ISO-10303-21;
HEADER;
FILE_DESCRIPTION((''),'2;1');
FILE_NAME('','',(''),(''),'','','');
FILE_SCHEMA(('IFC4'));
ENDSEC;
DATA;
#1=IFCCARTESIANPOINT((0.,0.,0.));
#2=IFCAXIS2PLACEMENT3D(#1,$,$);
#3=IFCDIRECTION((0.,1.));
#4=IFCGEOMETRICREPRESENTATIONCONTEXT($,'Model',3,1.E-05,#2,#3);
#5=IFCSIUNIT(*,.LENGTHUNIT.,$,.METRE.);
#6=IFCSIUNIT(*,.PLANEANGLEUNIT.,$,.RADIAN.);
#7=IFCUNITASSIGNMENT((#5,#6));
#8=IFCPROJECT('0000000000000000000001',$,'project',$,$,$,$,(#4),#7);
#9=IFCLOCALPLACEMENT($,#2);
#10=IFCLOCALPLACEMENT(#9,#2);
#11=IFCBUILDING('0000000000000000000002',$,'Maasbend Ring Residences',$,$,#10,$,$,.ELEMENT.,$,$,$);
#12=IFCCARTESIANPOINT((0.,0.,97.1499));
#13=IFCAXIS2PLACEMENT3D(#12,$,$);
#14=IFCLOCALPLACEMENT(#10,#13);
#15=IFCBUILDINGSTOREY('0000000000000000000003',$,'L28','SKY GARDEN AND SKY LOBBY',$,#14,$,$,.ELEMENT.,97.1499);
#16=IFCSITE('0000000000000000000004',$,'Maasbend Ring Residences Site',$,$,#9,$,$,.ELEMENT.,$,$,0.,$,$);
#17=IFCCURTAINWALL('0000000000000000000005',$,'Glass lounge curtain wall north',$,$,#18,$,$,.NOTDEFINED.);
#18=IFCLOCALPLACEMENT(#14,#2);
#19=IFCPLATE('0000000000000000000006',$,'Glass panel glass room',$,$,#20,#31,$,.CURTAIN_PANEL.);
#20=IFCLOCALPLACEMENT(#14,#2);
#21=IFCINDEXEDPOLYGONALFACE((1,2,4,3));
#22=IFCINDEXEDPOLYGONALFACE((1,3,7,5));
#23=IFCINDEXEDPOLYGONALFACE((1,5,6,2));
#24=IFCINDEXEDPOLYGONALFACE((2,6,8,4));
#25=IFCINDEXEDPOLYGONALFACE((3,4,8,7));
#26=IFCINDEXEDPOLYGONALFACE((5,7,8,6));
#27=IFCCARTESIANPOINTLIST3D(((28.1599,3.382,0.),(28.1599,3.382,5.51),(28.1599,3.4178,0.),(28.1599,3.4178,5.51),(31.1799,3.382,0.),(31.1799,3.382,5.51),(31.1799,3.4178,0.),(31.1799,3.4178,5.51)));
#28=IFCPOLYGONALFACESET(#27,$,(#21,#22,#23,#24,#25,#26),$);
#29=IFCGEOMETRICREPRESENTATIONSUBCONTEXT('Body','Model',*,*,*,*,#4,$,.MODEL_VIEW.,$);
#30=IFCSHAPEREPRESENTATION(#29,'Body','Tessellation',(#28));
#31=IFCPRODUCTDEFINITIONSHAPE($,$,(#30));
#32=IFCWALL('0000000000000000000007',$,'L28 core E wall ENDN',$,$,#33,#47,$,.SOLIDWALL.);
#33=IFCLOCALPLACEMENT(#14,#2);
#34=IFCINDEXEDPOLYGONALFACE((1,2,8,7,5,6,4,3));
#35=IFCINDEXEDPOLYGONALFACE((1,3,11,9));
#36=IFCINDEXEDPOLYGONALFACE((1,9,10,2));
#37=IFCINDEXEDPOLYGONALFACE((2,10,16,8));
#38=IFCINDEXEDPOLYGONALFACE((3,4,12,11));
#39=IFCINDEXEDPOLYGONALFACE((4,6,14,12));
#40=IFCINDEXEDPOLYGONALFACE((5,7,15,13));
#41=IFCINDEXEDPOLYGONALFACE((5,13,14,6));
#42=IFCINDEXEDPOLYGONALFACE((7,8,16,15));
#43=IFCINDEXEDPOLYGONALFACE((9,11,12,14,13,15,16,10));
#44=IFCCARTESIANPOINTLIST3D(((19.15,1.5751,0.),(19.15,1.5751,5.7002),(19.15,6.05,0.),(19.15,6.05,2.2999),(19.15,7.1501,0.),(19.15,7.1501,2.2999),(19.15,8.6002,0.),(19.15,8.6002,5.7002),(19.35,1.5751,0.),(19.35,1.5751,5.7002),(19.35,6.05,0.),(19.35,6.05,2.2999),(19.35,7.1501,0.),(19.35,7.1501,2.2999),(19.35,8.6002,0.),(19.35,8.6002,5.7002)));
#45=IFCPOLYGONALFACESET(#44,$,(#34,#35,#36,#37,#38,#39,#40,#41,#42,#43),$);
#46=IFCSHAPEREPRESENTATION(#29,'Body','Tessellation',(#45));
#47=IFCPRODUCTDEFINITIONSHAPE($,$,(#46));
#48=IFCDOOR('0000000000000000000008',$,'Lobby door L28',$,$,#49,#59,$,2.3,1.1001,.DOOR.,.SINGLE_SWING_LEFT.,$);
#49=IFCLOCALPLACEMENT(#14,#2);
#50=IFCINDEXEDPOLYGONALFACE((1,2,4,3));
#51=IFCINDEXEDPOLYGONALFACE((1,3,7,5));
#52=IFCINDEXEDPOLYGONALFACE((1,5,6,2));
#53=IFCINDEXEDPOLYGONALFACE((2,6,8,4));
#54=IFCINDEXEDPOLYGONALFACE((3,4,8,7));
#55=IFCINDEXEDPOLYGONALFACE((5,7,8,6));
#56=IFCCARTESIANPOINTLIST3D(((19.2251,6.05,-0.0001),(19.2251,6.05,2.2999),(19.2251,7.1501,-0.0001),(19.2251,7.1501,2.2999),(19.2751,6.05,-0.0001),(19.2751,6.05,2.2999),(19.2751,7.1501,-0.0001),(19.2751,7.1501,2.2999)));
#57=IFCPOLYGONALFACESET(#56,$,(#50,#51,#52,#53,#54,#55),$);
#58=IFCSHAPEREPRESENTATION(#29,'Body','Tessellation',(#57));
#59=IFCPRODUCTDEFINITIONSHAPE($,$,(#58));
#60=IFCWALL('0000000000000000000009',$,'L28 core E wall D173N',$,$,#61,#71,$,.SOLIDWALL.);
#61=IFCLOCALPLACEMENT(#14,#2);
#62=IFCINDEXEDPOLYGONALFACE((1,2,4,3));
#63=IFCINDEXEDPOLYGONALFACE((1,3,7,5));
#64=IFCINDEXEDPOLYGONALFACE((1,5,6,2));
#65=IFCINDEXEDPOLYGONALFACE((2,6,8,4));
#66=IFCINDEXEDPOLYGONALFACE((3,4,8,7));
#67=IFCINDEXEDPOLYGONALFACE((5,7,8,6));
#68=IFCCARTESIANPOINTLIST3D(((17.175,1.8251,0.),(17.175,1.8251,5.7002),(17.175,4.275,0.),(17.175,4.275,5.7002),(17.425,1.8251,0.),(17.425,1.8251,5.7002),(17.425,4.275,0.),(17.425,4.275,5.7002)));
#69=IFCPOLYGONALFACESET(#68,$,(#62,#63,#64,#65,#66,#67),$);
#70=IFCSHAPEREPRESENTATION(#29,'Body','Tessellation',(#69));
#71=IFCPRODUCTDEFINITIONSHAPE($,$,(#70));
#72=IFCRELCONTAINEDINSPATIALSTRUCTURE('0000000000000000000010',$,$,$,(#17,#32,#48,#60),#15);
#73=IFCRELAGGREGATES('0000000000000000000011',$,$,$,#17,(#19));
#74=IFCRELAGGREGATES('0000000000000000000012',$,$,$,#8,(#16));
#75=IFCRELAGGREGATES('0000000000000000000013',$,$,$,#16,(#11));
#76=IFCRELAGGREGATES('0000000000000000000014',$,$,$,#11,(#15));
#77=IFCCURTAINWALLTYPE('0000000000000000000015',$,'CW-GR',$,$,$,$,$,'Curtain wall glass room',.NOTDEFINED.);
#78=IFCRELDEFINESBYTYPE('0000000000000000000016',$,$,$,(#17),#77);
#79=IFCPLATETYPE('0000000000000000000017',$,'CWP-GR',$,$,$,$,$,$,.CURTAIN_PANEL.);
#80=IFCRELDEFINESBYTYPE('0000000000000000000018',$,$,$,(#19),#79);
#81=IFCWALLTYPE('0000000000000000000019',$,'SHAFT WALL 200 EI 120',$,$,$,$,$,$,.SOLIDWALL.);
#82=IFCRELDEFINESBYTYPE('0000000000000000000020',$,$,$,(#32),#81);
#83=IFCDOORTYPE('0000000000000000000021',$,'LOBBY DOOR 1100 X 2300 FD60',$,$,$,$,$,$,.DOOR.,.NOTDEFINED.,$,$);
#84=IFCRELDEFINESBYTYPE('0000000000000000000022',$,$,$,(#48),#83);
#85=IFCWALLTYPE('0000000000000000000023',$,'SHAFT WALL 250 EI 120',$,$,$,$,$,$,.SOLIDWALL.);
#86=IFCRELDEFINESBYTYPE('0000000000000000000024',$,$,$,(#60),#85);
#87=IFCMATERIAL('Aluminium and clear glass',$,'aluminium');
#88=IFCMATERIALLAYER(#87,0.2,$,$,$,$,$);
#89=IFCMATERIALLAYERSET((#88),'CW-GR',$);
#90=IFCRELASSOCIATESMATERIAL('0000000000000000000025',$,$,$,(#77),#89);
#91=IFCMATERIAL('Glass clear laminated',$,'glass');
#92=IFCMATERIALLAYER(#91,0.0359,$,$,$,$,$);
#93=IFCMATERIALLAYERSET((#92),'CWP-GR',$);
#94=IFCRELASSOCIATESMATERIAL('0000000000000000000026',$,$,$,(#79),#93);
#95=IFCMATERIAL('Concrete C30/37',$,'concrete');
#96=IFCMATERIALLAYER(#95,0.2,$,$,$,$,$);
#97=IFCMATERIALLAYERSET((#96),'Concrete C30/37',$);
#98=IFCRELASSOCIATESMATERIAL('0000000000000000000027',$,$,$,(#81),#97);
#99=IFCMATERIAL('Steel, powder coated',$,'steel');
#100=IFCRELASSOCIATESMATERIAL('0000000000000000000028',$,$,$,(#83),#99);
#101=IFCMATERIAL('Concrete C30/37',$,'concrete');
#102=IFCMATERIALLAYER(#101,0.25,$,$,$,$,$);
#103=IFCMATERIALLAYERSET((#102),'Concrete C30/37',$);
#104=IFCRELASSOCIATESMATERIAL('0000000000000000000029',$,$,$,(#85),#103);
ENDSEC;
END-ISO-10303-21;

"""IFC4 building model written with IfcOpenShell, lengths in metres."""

from ifc_helpers import new_model, si_unit, direction, frame, frame_2d, origin, origin_2d, place, context, subcontext, project, spatial, rectangle, extrude, material, layer, layer_set, type_object, element, fill, aggregate, save


model = new_model("IFC4")

# Units and contexts
model_context = context("Model", 3, precision=1e-05, world=origin(), true_north=direction((0.0, 1.0)))
body_context = subcontext(model_context, "Body", "Model", "MODEL_VIEW")
ifc_project = project(units=[si_unit("LENGTHUNIT", "METRE"), si_unit("PLANEANGLEUNIT", "RADIAN")], contexts=[model_context])

# Site, building, storey
site_placement = place(None, origin())
site = spatial("IfcSite", under=ifc_project, at=site_placement, Name="Maasbend Ring Residences Site", CompositionType="ELEMENT", RefElevation=0.0)
building_placement = place(site_placement, origin())
building = spatial("IfcBuilding", under=site, at=building_placement, Name="Maasbend Ring Residences", CompositionType="ELEMENT")
storey_placement = place(building_placement, frame((0.0, 0.0, 97.1499)))
storey = spatial("IfcBuildingStorey", under=building, at=storey_placement, Name="L28", Description="SKY GARDEN AND SKY LOBBY", CompositionType="ELEMENT", Elevation=97.1499)

# Curtain wall
ifc_material_1 = material(Name="Aluminium and clear glass", Category="aluminium")
ifc_layer_1 = layer(ifc_material_1, 0.2)
ifc_layer_set_1 = layer_set([ifc_layer_1], Name="CW-GR")
curtain_wall_type = type_object("IfcCurtainWallType", Name="CW-GR", ElementType="Curtain wall glass room", PredefinedType="NOTDEFINED", material=ifc_layer_set_1)
curtain_wall_1_placement = place(storey_placement, origin())
curtain_wall_1 = element("IfcCurtainWall", 1, at=curtain_wall_1_placement, inside=storey, type_object=curtain_wall_type, Name="Glass lounge curtain wall north", PredefinedType="NOTDEFINED")

# Plate
ifc_material_2 = material(Name="Glass clear laminated", Category="glass")
ifc_layer_2 = layer(ifc_material_2, 0.0359)
ifc_layer_set_2 = layer_set([ifc_layer_2], Name="CWP-GR")
plate_type = type_object("IfcPlateType", Name="CWP-GR", PredefinedType="CURTAIN_PANEL", material=ifc_layer_set_2)
plate_1_placement = place(storey_placement, frame((29.6699, 3.3999, 0.0), z_axis=(0.0, 0.0, 1.0), x_axis=(1.0, 0.0, 0.0)))
plate_1 = element("IfcPlate", 2, at=plate_1_placement, type_object=plate_type, Name="Glass panel glass room", PredefinedType="CURTAIN_PANEL", context=body_context, shape_type="SweptSolid", body=[
    extrude(rectangle(XDim=3.02, YDim=0.0359, at=origin_2d()), origin(), (0.0, 0.0, 1.0), 5.51),
])
aggregate(curtain_wall_1, [plate_1])

# Wall, opening, door
ifc_material_3 = material(Name="Concrete C30/37", Category="concrete")
ifc_layer_3 = layer(ifc_material_3, 0.2)
ifc_layer_set_3 = layer_set([ifc_layer_3], Name="Concrete C30/37")
wall_type_1 = type_object("IfcWallType", Name="SHAFT WALL 200 EI 120", PredefinedType="SOLIDWALL", material=ifc_layer_set_3)
wall_1_placement = place(storey_placement, frame((19.25, 1.575, 0.0), z_axis=(0.0, 0.0, 1.0), x_axis=(0.0, 1.0, 0.0)))
wall_1 = element("IfcWall", 3, at=wall_1_placement, inside=storey, type_object=wall_type_1, Name="L28 core E wall ENDN", PredefinedType="SOLIDWALL", context=body_context, shape_type="SweptSolid", body=[
    extrude(rectangle(XDim=7.0251, YDim=0.2, at=frame_2d((3.5127, 0.0))), origin(), (0.0, 0.0, 1.0), 5.7002),
])
opening_placement = place(wall_1_placement, frame((4.4751, 0.0, 0.0)))
opening = element("IfcOpeningElement", 4, at=opening_placement, cuts=wall_1, PredefinedType="OPENING", context=body_context, shape_type="SweptSolid", body=[
    extrude(rectangle(XDim=1.1001, YDim=2.3, at=frame_2d((0.55, 1.1499))), frame((0.0, 0.1099, 0.0), z_axis=(0.0, -1.0, 0.0), x_axis=(1.0, 0.0, 0.0)), (0.0, 0.0, 1.0), 0.22),
])
ifc_material_4 = material(Name="Steel, powder coated", Category="steel")
door_type = type_object("IfcDoorType", Name="LOBBY DOOR 1100 X 2300 FD60", OperationType="NOTDEFINED", PredefinedType="DOOR", material=ifc_material_4)
door_placement = place(opening_placement, origin())
door = element("IfcDoor", 5, at=door_placement, inside=storey, type_object=door_type, Name="Lobby door L28", OperationType="SINGLE_SWING_LEFT", OverallHeight=2.3, OverallWidth=1.1001, PredefinedType="DOOR", context=body_context, shape_type="SweptSolid", body=[
    extrude(rectangle(XDim=1.1001, YDim=2.3, at=frame_2d((0.55, 1.1499))), frame((0.0, 0.0249, 0.0), z_axis=(0.0, -1.0, 0.0), x_axis=(1.0, 0.0, 0.0)), (0.0, 0.0, 1.0), 0.05),
])
fill(opening, door)

# Wall
ifc_material_5 = material(Name="Concrete C30/37", Category="concrete")
ifc_layer_4 = layer(ifc_material_5, 0.25)
ifc_layer_set_4 = layer_set([ifc_layer_4], Name="Concrete C30/37")
wall_type_2 = type_object("IfcWallType", Name="SHAFT WALL 250 EI 120", PredefinedType="SOLIDWALL", material=ifc_layer_set_4)
wall_2_placement = place(storey_placement, frame((17.3, 1.825, 0.0), z_axis=(0.0, 0.0, 1.0), x_axis=(0.0, 1.0, 0.0)))
element("IfcWall", 6, at=wall_2_placement, inside=storey, type_object=wall_type_2, Name="L28 core E wall D173N", PredefinedType="SOLIDWALL", context=body_context, shape_type="SweptSolid", body=[
    extrude(rectangle(XDim=2.45, YDim=0.25, at=frame_2d((1.2251, 0.0))), origin(), (0.0, 0.0, 1.0), 5.7002),
])

save(model, "model.ifc")
